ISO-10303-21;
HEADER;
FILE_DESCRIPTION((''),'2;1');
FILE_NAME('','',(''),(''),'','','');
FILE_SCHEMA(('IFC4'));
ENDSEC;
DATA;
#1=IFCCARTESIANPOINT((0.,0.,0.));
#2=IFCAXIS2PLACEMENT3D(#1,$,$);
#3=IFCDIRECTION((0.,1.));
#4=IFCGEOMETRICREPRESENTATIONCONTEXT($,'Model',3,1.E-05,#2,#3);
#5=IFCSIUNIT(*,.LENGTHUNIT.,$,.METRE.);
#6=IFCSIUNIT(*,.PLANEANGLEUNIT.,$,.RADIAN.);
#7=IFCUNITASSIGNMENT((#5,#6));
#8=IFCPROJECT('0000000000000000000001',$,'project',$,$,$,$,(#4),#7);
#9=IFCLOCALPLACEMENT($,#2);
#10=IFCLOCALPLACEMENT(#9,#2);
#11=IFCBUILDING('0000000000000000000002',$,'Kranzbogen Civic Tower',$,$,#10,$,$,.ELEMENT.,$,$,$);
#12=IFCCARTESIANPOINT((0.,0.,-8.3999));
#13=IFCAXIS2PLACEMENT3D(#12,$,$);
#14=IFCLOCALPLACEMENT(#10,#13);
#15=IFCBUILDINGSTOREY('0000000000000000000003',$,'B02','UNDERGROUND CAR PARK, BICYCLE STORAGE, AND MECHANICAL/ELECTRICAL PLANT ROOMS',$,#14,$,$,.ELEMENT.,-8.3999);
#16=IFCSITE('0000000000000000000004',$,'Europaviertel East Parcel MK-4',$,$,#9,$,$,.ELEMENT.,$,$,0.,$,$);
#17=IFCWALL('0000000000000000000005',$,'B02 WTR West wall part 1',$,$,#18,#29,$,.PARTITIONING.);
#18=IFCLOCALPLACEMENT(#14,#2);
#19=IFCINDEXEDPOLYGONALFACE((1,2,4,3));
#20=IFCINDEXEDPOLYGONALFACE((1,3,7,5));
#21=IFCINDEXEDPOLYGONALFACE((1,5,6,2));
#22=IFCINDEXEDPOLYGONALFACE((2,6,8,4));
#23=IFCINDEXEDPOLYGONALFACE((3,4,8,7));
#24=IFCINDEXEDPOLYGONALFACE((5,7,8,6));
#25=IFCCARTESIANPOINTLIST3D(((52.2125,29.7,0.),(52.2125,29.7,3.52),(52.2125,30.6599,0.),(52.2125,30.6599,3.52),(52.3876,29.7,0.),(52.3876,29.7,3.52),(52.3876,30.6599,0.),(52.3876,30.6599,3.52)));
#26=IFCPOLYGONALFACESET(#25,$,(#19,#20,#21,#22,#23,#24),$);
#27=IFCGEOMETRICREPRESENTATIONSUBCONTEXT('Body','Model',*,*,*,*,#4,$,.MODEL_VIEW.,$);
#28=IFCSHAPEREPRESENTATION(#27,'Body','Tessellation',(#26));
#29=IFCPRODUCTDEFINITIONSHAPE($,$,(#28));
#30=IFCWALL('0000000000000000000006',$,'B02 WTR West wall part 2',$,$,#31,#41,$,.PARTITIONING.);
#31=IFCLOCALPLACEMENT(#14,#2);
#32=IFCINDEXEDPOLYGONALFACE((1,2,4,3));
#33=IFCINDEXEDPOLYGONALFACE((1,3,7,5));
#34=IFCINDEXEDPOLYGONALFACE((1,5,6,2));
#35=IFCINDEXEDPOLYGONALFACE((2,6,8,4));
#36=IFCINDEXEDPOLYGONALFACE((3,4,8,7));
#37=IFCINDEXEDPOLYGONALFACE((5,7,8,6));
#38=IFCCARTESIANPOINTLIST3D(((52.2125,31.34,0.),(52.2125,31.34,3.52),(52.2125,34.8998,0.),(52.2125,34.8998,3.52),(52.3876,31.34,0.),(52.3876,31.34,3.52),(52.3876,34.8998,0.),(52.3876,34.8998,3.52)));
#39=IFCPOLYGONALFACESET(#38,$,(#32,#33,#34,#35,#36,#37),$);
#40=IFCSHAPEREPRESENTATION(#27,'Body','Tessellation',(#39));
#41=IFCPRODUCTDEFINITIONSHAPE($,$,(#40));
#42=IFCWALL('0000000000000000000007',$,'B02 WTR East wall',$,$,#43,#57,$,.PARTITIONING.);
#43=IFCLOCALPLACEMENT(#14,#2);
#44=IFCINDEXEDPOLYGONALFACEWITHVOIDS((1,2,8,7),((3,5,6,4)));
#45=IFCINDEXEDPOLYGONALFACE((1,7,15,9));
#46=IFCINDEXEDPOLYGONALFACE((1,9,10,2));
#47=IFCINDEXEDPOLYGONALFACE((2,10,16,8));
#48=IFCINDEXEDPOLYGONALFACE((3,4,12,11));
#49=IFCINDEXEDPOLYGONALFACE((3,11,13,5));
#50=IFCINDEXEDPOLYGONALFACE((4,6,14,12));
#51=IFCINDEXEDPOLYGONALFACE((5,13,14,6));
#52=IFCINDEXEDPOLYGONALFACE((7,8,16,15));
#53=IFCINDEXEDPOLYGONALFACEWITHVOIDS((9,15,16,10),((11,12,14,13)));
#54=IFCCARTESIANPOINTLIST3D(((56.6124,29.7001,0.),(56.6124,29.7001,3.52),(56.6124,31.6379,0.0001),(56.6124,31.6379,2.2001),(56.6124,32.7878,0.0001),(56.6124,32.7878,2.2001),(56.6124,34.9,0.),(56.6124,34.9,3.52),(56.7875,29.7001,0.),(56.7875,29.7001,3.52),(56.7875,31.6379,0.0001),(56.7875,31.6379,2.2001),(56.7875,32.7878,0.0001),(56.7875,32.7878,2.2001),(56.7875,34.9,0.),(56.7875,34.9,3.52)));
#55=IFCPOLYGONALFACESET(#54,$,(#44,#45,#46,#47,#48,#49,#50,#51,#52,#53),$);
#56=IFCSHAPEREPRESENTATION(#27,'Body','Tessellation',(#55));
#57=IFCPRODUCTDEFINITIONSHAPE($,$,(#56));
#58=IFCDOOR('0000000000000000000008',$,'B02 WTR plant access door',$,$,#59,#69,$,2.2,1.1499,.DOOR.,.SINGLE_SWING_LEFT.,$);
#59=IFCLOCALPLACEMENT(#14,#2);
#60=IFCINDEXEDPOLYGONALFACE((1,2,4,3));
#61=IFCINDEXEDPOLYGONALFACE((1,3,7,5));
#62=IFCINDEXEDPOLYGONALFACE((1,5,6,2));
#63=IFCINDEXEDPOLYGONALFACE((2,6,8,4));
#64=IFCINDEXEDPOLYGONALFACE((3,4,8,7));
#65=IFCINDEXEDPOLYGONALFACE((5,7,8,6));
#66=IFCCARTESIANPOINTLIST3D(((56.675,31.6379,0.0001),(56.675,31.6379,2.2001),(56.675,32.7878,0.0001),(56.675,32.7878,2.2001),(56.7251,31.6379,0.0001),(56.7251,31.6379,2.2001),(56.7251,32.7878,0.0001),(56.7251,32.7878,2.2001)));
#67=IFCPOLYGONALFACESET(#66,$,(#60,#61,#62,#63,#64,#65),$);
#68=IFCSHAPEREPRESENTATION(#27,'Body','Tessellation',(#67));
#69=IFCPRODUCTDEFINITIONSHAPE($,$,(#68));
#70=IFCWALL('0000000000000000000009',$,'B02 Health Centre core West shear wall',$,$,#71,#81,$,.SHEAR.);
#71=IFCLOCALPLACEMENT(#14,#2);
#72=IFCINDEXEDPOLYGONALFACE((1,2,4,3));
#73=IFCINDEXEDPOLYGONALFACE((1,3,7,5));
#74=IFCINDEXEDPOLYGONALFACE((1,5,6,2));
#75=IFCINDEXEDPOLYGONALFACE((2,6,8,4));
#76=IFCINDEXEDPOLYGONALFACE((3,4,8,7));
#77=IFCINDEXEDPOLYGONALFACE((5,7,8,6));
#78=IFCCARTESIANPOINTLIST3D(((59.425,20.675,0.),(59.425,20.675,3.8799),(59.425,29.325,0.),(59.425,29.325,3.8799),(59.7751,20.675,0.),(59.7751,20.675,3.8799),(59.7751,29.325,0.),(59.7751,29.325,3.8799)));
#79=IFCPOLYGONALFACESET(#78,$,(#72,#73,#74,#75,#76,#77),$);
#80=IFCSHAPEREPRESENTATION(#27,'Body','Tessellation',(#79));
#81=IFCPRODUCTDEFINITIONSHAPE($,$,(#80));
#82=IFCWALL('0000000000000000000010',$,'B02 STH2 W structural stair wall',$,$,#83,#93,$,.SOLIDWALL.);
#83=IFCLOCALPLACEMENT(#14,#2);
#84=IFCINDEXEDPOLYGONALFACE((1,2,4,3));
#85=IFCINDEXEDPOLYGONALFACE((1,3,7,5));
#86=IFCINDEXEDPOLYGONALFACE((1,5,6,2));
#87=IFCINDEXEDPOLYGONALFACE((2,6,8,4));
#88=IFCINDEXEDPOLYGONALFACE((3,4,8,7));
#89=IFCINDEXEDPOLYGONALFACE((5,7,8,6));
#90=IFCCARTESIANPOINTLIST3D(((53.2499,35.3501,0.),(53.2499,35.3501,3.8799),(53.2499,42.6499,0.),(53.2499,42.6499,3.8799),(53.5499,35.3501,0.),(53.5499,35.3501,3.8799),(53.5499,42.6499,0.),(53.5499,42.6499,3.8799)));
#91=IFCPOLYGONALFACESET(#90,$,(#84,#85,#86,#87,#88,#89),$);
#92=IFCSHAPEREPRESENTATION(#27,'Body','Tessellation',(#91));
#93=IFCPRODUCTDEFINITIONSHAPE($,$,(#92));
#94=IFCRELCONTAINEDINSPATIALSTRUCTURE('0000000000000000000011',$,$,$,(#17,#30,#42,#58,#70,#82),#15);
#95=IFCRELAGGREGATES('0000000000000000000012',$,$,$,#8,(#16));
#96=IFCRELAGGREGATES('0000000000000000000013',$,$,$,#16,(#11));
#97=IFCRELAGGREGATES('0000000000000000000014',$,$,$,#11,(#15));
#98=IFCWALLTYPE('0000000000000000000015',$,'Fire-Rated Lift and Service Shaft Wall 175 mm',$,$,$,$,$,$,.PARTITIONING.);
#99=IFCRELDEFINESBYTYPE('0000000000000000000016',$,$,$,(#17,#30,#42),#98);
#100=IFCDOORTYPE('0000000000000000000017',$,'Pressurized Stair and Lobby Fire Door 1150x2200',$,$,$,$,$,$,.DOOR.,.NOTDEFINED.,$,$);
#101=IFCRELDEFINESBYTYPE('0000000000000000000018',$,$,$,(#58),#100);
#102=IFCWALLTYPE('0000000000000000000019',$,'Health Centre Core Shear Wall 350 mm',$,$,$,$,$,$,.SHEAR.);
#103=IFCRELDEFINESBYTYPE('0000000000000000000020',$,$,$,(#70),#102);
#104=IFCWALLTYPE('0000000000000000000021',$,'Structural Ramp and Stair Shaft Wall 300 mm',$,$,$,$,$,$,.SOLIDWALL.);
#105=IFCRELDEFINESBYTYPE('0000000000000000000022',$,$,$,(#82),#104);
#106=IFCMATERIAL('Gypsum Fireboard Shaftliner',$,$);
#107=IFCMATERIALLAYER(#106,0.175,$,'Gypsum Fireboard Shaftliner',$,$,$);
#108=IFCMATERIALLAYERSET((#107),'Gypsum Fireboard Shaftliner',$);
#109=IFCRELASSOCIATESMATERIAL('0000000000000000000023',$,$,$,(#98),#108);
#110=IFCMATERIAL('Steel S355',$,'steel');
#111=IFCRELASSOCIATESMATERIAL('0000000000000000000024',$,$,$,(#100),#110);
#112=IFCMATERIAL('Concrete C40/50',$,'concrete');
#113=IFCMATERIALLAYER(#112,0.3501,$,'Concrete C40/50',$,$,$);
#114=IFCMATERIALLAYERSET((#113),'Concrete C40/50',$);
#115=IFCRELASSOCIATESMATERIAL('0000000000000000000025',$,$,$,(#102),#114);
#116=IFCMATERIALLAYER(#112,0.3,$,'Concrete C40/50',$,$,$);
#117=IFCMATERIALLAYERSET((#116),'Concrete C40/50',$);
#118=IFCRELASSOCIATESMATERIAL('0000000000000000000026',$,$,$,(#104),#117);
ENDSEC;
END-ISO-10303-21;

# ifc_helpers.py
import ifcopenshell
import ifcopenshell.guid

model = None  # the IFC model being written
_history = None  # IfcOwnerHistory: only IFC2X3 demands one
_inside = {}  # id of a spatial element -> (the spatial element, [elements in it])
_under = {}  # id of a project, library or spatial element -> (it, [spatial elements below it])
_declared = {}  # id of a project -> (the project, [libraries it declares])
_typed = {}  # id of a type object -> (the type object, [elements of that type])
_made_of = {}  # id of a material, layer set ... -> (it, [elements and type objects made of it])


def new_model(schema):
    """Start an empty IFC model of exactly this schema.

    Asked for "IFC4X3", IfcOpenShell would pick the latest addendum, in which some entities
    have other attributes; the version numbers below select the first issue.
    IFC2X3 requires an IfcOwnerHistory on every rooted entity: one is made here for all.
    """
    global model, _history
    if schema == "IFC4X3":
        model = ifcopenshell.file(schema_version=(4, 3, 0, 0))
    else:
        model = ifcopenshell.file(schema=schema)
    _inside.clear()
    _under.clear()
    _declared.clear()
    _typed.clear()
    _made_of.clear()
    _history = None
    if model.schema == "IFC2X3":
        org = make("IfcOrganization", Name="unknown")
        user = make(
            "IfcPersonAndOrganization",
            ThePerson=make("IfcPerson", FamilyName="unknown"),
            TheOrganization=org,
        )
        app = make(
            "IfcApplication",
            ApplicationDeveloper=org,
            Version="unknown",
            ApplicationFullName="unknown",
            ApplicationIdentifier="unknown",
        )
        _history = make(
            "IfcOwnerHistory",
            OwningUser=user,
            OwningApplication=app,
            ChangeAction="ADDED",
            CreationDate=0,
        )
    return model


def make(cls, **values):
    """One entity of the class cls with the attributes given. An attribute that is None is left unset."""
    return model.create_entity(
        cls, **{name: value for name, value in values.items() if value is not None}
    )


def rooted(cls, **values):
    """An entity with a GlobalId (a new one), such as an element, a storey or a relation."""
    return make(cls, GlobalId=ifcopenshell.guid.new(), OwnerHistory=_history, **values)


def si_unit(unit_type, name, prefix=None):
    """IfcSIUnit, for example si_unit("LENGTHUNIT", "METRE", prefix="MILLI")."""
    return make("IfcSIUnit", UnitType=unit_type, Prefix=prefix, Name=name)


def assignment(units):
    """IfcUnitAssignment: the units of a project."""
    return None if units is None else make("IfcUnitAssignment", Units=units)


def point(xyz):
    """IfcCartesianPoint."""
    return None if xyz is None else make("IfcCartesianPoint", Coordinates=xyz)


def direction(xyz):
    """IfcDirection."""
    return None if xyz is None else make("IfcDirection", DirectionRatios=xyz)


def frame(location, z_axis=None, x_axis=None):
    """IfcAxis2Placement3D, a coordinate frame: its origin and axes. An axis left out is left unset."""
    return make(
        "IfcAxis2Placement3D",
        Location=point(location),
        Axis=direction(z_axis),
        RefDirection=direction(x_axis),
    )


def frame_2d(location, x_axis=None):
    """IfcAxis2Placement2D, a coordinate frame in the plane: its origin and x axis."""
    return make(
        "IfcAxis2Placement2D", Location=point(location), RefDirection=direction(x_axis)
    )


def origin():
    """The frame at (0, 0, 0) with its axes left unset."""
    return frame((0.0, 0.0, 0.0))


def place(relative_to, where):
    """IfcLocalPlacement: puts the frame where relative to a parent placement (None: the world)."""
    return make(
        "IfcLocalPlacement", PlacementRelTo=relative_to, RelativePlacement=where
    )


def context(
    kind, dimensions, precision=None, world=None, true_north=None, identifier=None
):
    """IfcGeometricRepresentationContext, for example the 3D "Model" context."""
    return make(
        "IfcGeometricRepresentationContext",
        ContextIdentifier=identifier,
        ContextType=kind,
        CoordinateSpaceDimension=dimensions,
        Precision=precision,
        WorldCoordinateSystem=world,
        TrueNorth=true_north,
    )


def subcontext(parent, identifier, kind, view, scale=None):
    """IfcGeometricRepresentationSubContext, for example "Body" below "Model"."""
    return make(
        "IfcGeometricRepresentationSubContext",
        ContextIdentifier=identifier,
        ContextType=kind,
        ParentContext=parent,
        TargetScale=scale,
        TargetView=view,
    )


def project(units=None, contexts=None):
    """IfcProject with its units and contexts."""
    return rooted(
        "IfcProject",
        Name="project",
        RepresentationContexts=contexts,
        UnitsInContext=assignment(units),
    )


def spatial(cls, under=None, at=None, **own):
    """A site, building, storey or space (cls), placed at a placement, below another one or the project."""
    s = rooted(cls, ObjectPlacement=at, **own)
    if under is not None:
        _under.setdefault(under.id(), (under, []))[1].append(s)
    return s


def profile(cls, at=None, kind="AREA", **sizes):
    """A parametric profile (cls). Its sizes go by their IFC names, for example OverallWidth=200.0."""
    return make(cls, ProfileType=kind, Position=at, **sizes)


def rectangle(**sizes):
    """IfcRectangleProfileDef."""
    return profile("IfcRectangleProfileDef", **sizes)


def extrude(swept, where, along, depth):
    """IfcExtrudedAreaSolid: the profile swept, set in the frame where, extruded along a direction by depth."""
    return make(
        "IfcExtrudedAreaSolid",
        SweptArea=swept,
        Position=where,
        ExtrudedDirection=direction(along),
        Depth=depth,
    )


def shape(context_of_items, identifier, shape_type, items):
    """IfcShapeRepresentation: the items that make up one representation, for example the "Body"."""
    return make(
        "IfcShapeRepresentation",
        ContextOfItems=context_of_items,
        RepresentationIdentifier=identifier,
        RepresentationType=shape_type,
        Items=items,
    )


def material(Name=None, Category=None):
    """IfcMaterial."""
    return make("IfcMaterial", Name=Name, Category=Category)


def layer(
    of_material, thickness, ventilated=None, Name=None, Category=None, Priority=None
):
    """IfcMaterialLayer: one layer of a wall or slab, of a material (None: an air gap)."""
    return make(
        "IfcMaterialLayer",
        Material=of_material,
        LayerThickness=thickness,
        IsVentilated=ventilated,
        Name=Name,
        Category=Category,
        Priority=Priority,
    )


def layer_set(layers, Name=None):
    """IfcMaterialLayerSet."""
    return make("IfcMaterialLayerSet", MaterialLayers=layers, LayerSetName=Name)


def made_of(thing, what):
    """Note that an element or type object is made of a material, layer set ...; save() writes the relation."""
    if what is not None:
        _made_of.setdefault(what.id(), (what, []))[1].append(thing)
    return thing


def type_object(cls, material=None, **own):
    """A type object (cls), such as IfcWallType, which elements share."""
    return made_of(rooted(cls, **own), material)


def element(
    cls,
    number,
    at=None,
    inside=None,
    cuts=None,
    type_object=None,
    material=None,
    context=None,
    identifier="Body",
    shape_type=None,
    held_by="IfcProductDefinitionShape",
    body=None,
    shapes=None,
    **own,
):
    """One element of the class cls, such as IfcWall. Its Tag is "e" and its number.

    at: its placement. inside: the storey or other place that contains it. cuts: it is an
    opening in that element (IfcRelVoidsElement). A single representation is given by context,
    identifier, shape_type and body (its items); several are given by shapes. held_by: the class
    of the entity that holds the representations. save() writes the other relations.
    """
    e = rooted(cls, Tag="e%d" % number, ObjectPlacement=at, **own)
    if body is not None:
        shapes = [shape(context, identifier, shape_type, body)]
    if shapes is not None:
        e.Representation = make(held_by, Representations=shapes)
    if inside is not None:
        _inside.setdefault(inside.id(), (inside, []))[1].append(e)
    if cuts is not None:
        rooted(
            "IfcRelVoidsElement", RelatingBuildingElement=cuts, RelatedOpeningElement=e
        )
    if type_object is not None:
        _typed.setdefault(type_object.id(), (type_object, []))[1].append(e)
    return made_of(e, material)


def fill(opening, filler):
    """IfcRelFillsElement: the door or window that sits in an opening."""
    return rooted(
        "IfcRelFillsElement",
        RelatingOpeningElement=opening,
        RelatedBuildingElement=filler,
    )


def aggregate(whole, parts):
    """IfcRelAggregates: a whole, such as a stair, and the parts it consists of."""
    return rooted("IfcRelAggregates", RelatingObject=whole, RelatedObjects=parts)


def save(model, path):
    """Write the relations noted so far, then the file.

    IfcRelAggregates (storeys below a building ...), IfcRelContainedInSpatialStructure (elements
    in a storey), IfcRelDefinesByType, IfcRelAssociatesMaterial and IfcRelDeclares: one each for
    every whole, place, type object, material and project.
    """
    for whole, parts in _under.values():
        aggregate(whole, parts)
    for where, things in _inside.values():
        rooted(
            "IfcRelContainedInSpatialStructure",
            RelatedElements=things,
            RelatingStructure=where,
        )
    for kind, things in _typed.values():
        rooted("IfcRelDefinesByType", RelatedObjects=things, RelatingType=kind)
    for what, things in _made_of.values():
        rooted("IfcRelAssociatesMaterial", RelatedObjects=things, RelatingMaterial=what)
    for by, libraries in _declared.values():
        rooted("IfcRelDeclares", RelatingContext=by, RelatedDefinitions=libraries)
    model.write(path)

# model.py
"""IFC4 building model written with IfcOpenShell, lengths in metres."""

from ifc_helpers import new_model, si_unit, direction, frame, frame_2d, origin, place, context, subcontext, project, spatial, rectangle, extrude, material, layer, layer_set, type_object, element, fill, save


model = new_model("IFC4")

# Units and contexts
model_context = context("Model", 3, precision=1e-05, world=origin(), true_north=direction((0.0, 1.0)))
body_context = subcontext(model_context, "Body", "Model", "MODEL_VIEW")
ifc_project = project(units=[si_unit("LENGTHUNIT", "METRE"), si_unit("PLANEANGLEUNIT", "RADIAN")], contexts=[model_context])

# Site, building, storey
site_placement = place(None, origin())
site = spatial("IfcSite", under=ifc_project, at=site_placement, Name="Europaviertel East Parcel MK-4", CompositionType="ELEMENT", RefElevation=0.0)
building_placement = place(site_placement, origin())
building = spatial("IfcBuilding", under=site, at=building_placement, Name="Kranzbogen Civic Tower", CompositionType="ELEMENT")
storey_placement = place(building_placement, frame((0.0, 0.0, -8.3999)))
storey = spatial("IfcBuildingStorey", under=building, at=storey_placement, Name="B02", Description="UNDERGROUND CAR PARK, BICYCLE STORAGE, AND MECHANICAL/ELECTRICAL PLANT ROOMS", CompositionType="ELEMENT", Elevation=-8.3999)

# Shared definitions
ifc_material_1 = material(Name="Concrete C40/50", Category="concrete")

# Shared definitions
ifc_material_2 = material(Name="Steel S355", Category="steel")

# Walls
ifc_material_3 = material(Name="Gypsum Fireboard Shaftliner")
ifc_layer_1 = layer(ifc_material_3, 0.175, Name="Gypsum Fireboard Shaftliner")
ifc_layer_set_1 = layer_set([ifc_layer_1], Name="Gypsum Fireboard Shaftliner")
wall_type_1 = type_object("IfcWallType", Name="Fire-Rated Lift and Service Shaft Wall 175 mm", PredefinedType="PARTITIONING", material=ifc_layer_set_1)
wall_1_placement = place(storey_placement, frame((52.3, 29.7, 0.0), z_axis=(0.0, 0.0, 1.0), x_axis=(0.0, 1.0, 0.0)))
element("IfcWall", 1, at=wall_1_placement, inside=storey, type_object=wall_type_1, Name="B02 WTR West wall part 1", PredefinedType="PARTITIONING", context=body_context, shape_type="SweptSolid", body=[
    extrude(rectangle(XDim=0.96, YDim=0.175, at=frame_2d((0.48, 0.0))), origin(), (0.0, 0.0, 1.0), 3.52),
])
wall_2_placement = place(storey_placement, frame((52.3, 31.3401, 0.0), z_axis=(0.0, 0.0, 1.0), x_axis=(0.0, 1.0, 0.0)))
element("IfcWall", 2, at=wall_2_placement, inside=storey, type_object=wall_type_1, Name="B02 WTR West wall part 2", PredefinedType="PARTITIONING", context=body_context, shape_type="SweptSolid", body=[
    extrude(rectangle(XDim=3.5598, YDim=0.175, at=frame_2d((1.7798, 0.0))), origin(), (0.0, 0.0, 1.0), 3.52),
])

# Wall, opening, door
wall_3_placement = place(storey_placement, frame((56.7, 29.7, 0.0), z_axis=(0.0, 0.0, 1.0), x_axis=(0.0, 1.0, 0.0)))
wall_3 = element("IfcWall", 3, at=wall_3_placement, inside=storey, type_object=wall_type_1, Name="B02 WTR East wall", PredefinedType="PARTITIONING", context=body_context, shape_type="SweptSolid", body=[
    extrude(rectangle(XDim=5.2, YDim=0.175, at=frame_2d((2.6001, 0.0))), origin(), (0.0, 0.0, 1.0), 3.52),
])
opening_placement = place(wall_3_placement, frame((1.938, 0.0, 0.0)))
opening = element("IfcOpeningElement", 4, at=opening_placement, cuts=wall_3, PredefinedType="OPENING", context=body_context, shape_type="SweptSolid", body=[
    extrude(rectangle(XDim=1.1499, YDim=2.2, at=frame_2d((0.575, 1.1001))), frame((0.0, 0.0977, 0.0), z_axis=(0.0, -1.0, 0.0), x_axis=(1.0, 0.0, 0.0)), (0.0, 0.0, 1.0), 0.1951),
])
door_type = type_object("IfcDoorType", Name="Pressurized Stair and Lobby Fire Door 1150x2200", OperationType="NOTDEFINED", PredefinedType="DOOR", material=ifc_material_2)
door_placement = place(opening_placement, origin())
door = element("IfcDoor", 5, at=door_placement, inside=storey, type_object=door_type, Name="B02 WTR plant access door", OperationType="SINGLE_SWING_LEFT", OverallHeight=2.2, OverallWidth=1.1499, PredefinedType="DOOR", context=body_context, shape_type="SweptSolid", body=[
    extrude(rectangle(XDim=1.1499, YDim=2.2, at=frame_2d((0.575, 1.1001))), frame((0.0, 0.0249, 0.0), z_axis=(0.0, -1.0, 0.0), x_axis=(1.0, 0.0, 0.0)), (0.0, 0.0, 1.0), 0.05),
])
fill(opening, door)

# Walls
ifc_layer_2 = layer(ifc_material_1, 0.3501, Name="Concrete C40/50")
ifc_layer_set_2 = layer_set([ifc_layer_2], Name="Concrete C40/50")
wall_type_2 = type_object("IfcWallType", Name="Health Centre Core Shear Wall 350 mm", PredefinedType="SHEAR", material=ifc_layer_set_2)
wall_4_placement = place(storey_placement, frame((59.6001, 29.325, 0.0), z_axis=(0.0, 0.0, 1.0), x_axis=(0.0, -1.0, 0.0)))
element("IfcWall", 6, at=wall_4_placement, inside=storey, type_object=wall_type_2, Name="B02 Health Centre core West shear wall", PredefinedType="SHEAR", context=body_context, shape_type="SweptSolid", body=[
    extrude(rectangle(XDim=8.6499, YDim=0.3501, at=frame_2d((4.325, 0.0))), origin(), (0.0, 0.0, 1.0), 3.8799),
])
ifc_layer_3 = layer(ifc_material_1, 0.3, Name="Concrete C40/50")
ifc_layer_set_3 = layer_set([ifc_layer_3], Name="Concrete C40/50")
wall_type_3 = type_object("IfcWallType", Name="Structural Ramp and Stair Shaft Wall 300 mm", PredefinedType="SOLIDWALL", material=ifc_layer_set_3)
wall_5_placement = place(storey_placement, frame((53.3999, 35.3501, 0.0), z_axis=(0.0, 0.0, 1.0), x_axis=(0.0, 1.0, 0.0)))
element("IfcWall", 7, at=wall_5_placement, inside=storey, type_object=wall_type_3, Name="B02 STH2 W structural stair wall", PredefinedType="SOLIDWALL", context=body_context, shape_type="SweptSolid", body=[
    extrude(rectangle(XDim=7.2998, YDim=0.3, at=frame_2d((3.6499, 0.0))), origin(), (0.0, 0.0, 1.0), 3.8799),
])

save(model, "model.ifc")
